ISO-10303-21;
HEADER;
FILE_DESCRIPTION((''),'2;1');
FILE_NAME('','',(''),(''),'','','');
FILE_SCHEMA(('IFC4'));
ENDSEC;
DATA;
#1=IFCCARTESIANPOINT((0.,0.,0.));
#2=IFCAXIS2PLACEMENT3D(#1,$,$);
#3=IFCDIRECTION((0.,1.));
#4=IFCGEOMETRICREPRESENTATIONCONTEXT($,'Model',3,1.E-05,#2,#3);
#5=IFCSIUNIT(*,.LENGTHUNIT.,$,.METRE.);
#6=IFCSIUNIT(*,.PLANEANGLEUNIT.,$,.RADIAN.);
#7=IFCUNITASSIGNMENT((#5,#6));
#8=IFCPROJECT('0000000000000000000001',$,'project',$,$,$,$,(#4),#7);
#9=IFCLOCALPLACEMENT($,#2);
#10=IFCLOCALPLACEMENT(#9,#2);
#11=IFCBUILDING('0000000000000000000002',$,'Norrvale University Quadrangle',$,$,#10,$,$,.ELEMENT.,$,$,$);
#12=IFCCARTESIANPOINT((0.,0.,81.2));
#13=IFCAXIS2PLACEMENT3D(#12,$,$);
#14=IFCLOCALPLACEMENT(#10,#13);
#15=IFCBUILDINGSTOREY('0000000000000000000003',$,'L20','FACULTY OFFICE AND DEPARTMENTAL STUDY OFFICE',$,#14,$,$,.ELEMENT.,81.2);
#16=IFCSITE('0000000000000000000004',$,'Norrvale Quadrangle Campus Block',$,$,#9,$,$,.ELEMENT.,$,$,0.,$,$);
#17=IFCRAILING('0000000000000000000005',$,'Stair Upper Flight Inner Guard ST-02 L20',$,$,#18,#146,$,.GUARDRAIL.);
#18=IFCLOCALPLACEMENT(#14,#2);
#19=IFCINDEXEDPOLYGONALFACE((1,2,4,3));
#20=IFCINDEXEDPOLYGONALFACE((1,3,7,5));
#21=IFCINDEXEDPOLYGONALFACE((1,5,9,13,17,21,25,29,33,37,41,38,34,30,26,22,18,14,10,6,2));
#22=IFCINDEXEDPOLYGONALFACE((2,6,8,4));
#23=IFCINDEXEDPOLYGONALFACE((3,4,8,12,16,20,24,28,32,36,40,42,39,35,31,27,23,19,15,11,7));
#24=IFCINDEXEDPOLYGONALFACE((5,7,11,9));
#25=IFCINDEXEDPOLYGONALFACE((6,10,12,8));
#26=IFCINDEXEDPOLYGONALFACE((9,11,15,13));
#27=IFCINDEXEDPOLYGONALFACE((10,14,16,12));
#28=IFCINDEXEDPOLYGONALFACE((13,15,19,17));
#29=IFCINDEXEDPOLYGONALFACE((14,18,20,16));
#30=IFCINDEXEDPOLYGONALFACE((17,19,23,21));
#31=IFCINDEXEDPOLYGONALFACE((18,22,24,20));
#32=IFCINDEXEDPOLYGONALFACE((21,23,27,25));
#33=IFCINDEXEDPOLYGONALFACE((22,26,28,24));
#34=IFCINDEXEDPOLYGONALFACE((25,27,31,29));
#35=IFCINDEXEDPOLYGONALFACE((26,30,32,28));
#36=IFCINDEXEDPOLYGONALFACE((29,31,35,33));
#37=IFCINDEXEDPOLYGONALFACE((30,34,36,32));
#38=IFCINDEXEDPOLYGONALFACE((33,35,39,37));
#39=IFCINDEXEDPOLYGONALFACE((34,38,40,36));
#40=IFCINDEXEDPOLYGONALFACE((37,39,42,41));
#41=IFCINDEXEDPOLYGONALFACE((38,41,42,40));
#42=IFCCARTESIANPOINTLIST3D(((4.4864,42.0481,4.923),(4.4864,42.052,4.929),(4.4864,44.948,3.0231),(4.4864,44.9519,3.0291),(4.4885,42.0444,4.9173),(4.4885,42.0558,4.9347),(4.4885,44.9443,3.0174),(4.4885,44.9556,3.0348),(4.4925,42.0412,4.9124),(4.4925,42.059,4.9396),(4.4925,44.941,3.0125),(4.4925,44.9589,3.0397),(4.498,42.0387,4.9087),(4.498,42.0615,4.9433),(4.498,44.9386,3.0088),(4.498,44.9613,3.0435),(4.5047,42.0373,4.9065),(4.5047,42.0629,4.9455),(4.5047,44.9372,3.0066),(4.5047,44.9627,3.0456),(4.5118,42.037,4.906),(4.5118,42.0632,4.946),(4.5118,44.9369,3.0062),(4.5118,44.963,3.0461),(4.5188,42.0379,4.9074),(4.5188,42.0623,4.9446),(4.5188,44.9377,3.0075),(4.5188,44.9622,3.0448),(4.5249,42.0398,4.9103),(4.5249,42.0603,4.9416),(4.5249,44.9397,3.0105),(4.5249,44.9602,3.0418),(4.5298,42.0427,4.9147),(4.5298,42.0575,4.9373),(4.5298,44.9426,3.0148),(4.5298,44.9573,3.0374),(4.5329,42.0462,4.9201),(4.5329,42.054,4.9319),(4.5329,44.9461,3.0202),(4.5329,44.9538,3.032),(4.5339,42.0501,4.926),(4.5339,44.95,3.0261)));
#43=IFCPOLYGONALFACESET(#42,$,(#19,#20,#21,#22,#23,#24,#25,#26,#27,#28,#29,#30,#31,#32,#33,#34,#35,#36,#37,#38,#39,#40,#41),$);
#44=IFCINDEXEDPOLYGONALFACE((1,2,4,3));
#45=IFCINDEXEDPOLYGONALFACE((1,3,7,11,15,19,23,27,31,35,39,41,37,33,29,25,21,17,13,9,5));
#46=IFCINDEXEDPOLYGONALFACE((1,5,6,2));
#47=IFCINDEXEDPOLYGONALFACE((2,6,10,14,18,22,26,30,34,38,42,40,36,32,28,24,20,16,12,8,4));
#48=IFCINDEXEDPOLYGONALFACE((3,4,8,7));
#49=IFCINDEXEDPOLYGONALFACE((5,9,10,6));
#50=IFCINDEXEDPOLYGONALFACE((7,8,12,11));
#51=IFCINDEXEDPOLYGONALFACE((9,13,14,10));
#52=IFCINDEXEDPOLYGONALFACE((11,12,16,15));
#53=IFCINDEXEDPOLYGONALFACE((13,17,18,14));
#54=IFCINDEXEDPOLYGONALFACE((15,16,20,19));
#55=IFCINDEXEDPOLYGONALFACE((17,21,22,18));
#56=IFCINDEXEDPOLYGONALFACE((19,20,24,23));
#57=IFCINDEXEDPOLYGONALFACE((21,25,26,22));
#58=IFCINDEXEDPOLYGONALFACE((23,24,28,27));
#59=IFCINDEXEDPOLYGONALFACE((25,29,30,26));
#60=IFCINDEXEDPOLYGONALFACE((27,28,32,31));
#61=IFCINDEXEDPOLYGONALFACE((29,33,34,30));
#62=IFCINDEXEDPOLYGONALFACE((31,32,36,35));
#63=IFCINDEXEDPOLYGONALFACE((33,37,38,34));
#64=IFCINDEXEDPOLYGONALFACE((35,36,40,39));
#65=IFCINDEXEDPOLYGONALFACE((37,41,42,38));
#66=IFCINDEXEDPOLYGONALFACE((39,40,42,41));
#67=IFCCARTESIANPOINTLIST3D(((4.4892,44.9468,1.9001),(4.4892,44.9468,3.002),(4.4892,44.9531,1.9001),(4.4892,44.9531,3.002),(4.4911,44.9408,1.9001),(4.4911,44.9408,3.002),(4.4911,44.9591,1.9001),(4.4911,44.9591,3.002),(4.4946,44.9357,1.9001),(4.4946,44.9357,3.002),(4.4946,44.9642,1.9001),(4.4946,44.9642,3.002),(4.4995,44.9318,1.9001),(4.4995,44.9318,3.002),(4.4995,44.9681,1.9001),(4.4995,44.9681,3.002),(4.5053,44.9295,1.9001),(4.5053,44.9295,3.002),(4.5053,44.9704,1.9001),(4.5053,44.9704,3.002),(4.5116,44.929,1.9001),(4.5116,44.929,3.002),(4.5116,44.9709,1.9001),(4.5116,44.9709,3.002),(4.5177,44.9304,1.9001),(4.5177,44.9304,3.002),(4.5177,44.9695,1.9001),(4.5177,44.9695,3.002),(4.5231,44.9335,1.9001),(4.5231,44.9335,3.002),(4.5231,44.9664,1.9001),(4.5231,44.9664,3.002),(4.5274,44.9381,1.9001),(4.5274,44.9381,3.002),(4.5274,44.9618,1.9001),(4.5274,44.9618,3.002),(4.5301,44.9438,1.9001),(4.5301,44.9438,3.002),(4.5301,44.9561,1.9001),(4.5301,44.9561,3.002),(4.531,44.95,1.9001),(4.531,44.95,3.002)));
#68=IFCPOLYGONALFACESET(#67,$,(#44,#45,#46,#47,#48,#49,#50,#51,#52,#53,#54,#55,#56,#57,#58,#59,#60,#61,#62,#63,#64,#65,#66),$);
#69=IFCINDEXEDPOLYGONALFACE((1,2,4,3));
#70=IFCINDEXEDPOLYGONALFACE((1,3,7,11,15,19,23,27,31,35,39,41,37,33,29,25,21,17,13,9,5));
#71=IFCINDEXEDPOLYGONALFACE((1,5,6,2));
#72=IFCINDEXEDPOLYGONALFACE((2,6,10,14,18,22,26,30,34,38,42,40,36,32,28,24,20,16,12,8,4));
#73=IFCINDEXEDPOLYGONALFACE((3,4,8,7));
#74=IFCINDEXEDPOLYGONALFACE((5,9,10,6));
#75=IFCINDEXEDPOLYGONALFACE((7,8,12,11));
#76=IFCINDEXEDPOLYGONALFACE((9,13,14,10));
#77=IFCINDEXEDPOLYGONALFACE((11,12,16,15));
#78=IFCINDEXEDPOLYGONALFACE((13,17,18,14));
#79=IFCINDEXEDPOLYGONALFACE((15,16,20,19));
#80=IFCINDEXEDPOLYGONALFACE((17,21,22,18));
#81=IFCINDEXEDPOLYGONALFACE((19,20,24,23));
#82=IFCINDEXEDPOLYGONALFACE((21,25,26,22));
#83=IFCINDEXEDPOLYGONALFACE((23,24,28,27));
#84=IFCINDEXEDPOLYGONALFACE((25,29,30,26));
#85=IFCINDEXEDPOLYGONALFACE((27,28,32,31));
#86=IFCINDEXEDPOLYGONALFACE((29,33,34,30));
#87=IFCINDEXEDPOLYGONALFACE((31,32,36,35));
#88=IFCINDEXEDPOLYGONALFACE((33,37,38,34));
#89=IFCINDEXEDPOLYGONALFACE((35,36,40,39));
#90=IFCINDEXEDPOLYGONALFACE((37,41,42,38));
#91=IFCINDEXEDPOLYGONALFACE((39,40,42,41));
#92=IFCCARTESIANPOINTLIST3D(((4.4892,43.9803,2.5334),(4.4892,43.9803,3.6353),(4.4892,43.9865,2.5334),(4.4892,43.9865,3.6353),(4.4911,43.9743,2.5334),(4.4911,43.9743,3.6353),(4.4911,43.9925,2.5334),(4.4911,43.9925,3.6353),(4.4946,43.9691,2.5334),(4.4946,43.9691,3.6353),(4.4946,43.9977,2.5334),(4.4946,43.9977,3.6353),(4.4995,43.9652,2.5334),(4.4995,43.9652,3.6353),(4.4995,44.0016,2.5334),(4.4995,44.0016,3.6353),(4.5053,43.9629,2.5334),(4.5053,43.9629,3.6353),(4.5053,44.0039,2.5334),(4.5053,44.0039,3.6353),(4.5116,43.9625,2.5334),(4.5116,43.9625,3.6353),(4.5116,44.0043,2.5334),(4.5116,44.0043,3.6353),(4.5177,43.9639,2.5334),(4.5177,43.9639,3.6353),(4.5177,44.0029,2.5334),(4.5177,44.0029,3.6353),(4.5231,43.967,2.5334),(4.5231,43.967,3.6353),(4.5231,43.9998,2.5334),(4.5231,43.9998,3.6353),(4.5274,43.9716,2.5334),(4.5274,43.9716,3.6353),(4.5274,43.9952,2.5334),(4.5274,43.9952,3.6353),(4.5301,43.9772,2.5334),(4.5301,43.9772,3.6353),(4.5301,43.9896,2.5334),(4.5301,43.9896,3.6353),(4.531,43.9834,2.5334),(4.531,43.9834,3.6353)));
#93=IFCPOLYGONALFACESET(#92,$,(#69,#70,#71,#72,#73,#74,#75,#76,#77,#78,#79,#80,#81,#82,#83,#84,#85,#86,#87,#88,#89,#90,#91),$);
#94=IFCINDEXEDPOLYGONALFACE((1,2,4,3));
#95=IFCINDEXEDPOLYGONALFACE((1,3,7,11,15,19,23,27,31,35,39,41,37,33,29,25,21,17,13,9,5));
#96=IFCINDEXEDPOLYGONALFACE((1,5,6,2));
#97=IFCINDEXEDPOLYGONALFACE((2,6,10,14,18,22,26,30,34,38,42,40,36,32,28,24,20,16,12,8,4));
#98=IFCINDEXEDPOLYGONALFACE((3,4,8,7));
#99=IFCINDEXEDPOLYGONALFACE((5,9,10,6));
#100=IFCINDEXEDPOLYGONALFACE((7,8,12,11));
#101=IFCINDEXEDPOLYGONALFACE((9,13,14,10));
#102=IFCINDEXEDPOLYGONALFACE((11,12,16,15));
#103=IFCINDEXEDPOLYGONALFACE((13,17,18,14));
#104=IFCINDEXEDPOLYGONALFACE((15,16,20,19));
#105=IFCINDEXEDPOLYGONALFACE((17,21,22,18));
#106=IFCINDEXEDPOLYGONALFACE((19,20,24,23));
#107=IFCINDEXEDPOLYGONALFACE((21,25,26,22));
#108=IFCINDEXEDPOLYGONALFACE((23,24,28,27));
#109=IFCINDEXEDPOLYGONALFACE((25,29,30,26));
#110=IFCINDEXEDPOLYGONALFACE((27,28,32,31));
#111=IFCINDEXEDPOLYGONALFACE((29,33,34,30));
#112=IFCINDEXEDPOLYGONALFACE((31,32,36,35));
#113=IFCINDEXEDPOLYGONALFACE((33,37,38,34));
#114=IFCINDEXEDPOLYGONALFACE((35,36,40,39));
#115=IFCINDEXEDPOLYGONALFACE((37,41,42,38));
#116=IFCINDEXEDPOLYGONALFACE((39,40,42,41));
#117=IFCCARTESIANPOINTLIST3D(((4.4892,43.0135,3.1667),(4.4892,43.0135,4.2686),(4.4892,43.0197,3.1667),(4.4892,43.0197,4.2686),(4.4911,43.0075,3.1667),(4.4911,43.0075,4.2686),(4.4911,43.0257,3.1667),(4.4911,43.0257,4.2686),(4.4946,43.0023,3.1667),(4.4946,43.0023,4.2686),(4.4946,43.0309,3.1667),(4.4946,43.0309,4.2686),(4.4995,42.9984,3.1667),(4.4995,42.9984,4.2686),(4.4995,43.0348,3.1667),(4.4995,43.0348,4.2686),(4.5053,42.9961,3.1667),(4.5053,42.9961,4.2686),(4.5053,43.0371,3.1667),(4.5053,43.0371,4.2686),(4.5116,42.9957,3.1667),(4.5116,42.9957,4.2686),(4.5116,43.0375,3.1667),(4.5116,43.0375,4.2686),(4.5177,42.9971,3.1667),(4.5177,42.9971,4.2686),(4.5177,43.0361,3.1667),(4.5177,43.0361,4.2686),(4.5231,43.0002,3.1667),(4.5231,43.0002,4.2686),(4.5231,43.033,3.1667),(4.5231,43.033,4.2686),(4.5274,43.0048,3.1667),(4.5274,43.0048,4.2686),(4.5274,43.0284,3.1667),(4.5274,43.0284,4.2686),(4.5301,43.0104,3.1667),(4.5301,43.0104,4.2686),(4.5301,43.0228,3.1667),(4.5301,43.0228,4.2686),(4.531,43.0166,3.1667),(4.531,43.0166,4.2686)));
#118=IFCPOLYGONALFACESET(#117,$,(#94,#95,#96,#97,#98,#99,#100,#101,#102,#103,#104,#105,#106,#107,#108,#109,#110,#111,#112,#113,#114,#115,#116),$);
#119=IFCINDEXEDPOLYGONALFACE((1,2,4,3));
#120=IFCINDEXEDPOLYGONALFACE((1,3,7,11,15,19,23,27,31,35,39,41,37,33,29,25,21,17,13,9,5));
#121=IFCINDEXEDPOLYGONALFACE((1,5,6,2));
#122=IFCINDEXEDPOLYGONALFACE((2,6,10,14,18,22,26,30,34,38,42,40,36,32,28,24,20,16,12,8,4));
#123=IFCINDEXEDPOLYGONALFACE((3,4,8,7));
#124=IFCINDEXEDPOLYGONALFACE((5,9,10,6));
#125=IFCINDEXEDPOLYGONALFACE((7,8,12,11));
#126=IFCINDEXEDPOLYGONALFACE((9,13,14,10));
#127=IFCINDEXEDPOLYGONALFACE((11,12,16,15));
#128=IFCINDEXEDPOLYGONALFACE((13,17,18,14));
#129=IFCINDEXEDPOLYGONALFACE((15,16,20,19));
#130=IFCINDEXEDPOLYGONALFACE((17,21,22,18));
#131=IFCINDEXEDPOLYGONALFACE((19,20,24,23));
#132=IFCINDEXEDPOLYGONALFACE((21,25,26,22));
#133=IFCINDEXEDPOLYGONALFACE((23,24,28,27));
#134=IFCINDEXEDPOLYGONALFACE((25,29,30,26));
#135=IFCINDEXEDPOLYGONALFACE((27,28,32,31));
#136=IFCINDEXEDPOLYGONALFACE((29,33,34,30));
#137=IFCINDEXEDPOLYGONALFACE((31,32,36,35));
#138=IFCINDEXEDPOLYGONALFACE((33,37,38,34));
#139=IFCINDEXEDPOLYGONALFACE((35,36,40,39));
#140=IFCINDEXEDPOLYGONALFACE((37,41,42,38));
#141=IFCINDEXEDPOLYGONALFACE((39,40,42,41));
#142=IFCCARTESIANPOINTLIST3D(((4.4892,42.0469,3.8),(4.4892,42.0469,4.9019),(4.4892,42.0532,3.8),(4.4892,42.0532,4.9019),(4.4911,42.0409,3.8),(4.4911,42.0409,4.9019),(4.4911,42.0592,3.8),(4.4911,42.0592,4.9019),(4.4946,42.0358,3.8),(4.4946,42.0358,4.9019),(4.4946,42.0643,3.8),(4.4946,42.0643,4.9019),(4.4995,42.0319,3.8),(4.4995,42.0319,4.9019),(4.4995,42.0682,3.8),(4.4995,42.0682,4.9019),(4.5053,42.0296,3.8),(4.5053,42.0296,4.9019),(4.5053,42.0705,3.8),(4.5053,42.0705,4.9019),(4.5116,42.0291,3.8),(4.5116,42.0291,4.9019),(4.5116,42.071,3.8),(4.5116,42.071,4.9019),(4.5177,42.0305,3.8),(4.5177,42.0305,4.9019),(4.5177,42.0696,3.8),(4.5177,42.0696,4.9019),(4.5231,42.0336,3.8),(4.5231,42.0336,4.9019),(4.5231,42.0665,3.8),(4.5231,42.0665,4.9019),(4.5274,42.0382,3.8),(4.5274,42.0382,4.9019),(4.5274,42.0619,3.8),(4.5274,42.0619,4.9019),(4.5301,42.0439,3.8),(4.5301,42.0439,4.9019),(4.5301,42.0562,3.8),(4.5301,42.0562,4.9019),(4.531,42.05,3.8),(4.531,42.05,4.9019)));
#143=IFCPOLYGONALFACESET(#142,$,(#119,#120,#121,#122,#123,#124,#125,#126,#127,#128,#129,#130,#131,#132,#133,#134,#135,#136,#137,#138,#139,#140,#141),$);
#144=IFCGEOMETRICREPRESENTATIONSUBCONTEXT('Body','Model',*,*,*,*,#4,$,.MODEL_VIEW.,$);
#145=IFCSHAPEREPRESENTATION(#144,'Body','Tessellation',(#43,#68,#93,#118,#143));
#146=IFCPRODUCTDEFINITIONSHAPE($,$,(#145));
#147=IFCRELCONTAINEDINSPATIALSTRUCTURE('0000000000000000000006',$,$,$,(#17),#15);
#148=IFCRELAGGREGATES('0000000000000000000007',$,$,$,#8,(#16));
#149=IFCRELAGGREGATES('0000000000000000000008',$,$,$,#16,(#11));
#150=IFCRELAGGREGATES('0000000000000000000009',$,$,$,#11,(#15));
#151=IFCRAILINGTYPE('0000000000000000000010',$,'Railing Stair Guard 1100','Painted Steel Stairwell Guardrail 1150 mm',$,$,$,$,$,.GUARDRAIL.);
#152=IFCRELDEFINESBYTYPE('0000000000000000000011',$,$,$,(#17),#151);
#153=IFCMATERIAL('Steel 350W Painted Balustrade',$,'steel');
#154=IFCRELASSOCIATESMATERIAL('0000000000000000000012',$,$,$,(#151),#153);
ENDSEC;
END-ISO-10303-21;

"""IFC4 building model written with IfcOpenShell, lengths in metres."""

from ifc_helpers import new_model, si_unit, direction, frame, origin, origin_2d, place, context, subcontext, project, spatial, circle, extrude, material, type_object, element, save


model = new_model("IFC4")

# Units and contexts
model_context = context("Model", 3, precision=1e-05, world=origin(), true_north=direction((0.0, 1.0)))
body_context = subcontext(model_context, "Body", "Model", "MODEL_VIEW")
ifc_project = project(units=[si_unit("LENGTHUNIT", "METRE"), si_unit("PLANEANGLEUNIT", "RADIAN")], contexts=[model_context])

# Site, building, storey
site_placement = place(None, origin())
site = spatial("IfcSite", under=ifc_project, at=site_placement, Name="Norrvale Quadrangle Campus Block", CompositionType="ELEMENT", RefElevation=0.0)
building_placement = place(site_placement, origin())
building = spatial("IfcBuilding", under=site, at=building_placement, Name="Norrvale University Quadrangle", CompositionType="ELEMENT")
storey_placement = place(building_placement, frame((0.0, 0.0, 81.2)))
storey = spatial("IfcBuildingStorey", under=building, at=storey_placement, Name="L20", Description="FACULTY OFFICE AND DEPARTMENTAL STUDY OFFICE", CompositionType="ELEMENT", Elevation=81.2)

# Railing
ifc_material_1 = material(Name="Steel 350W Painted Balustrade", Category="steel")
railing_type_1 = type_object("IfcRailingType", Name="Railing Stair Guard 1100", Description="Painted Steel Stairwell Guardrail 1150 mm", PredefinedType="GUARDRAIL", material=ifc_material_1)
railing_1_placement = place(storey_placement, frame((4.51, 44.95, 1.9001)))
element("IfcRailing", 1, at=railing_1_placement, inside=storey, type_object=railing_type_1, Name="Stair Upper Flight Inner Guard ST-02 L20", PredefinedType="GUARDRAIL", context=body_context, shape_type="SweptSolid", body=[
    extrude(circle(Radius=0.0239, at=origin_2d()), frame((0.0, 0.0, 1.126), z_axis=(0.0, -0.836466, 0.548019), x_axis=(1.0, 0.0, 0.0)), (0.0, 0.0, 1.0), 3.4668),
    extrude(circle(Radius=0.021, at=origin_2d()), origin(), (0.0, 0.0, 1.0), 1.1018),
    extrude(circle(Radius=0.021, at=origin_2d()), frame((0.0, -0.9666, 0.6333)), (0.0, 0.0, 1.0), 1.1018),
    extrude(circle(Radius=0.021, at=origin_2d()), frame((0.0, -1.9333, 1.2666)), (0.0, 0.0, 1.0), 1.1018),
    extrude(circle(Radius=0.021, at=origin_2d()), frame((0.0, -2.8999, 1.8999)), (0.0, 0.0, 1.0), 1.1018),
])

save(model, "model.ifc")
